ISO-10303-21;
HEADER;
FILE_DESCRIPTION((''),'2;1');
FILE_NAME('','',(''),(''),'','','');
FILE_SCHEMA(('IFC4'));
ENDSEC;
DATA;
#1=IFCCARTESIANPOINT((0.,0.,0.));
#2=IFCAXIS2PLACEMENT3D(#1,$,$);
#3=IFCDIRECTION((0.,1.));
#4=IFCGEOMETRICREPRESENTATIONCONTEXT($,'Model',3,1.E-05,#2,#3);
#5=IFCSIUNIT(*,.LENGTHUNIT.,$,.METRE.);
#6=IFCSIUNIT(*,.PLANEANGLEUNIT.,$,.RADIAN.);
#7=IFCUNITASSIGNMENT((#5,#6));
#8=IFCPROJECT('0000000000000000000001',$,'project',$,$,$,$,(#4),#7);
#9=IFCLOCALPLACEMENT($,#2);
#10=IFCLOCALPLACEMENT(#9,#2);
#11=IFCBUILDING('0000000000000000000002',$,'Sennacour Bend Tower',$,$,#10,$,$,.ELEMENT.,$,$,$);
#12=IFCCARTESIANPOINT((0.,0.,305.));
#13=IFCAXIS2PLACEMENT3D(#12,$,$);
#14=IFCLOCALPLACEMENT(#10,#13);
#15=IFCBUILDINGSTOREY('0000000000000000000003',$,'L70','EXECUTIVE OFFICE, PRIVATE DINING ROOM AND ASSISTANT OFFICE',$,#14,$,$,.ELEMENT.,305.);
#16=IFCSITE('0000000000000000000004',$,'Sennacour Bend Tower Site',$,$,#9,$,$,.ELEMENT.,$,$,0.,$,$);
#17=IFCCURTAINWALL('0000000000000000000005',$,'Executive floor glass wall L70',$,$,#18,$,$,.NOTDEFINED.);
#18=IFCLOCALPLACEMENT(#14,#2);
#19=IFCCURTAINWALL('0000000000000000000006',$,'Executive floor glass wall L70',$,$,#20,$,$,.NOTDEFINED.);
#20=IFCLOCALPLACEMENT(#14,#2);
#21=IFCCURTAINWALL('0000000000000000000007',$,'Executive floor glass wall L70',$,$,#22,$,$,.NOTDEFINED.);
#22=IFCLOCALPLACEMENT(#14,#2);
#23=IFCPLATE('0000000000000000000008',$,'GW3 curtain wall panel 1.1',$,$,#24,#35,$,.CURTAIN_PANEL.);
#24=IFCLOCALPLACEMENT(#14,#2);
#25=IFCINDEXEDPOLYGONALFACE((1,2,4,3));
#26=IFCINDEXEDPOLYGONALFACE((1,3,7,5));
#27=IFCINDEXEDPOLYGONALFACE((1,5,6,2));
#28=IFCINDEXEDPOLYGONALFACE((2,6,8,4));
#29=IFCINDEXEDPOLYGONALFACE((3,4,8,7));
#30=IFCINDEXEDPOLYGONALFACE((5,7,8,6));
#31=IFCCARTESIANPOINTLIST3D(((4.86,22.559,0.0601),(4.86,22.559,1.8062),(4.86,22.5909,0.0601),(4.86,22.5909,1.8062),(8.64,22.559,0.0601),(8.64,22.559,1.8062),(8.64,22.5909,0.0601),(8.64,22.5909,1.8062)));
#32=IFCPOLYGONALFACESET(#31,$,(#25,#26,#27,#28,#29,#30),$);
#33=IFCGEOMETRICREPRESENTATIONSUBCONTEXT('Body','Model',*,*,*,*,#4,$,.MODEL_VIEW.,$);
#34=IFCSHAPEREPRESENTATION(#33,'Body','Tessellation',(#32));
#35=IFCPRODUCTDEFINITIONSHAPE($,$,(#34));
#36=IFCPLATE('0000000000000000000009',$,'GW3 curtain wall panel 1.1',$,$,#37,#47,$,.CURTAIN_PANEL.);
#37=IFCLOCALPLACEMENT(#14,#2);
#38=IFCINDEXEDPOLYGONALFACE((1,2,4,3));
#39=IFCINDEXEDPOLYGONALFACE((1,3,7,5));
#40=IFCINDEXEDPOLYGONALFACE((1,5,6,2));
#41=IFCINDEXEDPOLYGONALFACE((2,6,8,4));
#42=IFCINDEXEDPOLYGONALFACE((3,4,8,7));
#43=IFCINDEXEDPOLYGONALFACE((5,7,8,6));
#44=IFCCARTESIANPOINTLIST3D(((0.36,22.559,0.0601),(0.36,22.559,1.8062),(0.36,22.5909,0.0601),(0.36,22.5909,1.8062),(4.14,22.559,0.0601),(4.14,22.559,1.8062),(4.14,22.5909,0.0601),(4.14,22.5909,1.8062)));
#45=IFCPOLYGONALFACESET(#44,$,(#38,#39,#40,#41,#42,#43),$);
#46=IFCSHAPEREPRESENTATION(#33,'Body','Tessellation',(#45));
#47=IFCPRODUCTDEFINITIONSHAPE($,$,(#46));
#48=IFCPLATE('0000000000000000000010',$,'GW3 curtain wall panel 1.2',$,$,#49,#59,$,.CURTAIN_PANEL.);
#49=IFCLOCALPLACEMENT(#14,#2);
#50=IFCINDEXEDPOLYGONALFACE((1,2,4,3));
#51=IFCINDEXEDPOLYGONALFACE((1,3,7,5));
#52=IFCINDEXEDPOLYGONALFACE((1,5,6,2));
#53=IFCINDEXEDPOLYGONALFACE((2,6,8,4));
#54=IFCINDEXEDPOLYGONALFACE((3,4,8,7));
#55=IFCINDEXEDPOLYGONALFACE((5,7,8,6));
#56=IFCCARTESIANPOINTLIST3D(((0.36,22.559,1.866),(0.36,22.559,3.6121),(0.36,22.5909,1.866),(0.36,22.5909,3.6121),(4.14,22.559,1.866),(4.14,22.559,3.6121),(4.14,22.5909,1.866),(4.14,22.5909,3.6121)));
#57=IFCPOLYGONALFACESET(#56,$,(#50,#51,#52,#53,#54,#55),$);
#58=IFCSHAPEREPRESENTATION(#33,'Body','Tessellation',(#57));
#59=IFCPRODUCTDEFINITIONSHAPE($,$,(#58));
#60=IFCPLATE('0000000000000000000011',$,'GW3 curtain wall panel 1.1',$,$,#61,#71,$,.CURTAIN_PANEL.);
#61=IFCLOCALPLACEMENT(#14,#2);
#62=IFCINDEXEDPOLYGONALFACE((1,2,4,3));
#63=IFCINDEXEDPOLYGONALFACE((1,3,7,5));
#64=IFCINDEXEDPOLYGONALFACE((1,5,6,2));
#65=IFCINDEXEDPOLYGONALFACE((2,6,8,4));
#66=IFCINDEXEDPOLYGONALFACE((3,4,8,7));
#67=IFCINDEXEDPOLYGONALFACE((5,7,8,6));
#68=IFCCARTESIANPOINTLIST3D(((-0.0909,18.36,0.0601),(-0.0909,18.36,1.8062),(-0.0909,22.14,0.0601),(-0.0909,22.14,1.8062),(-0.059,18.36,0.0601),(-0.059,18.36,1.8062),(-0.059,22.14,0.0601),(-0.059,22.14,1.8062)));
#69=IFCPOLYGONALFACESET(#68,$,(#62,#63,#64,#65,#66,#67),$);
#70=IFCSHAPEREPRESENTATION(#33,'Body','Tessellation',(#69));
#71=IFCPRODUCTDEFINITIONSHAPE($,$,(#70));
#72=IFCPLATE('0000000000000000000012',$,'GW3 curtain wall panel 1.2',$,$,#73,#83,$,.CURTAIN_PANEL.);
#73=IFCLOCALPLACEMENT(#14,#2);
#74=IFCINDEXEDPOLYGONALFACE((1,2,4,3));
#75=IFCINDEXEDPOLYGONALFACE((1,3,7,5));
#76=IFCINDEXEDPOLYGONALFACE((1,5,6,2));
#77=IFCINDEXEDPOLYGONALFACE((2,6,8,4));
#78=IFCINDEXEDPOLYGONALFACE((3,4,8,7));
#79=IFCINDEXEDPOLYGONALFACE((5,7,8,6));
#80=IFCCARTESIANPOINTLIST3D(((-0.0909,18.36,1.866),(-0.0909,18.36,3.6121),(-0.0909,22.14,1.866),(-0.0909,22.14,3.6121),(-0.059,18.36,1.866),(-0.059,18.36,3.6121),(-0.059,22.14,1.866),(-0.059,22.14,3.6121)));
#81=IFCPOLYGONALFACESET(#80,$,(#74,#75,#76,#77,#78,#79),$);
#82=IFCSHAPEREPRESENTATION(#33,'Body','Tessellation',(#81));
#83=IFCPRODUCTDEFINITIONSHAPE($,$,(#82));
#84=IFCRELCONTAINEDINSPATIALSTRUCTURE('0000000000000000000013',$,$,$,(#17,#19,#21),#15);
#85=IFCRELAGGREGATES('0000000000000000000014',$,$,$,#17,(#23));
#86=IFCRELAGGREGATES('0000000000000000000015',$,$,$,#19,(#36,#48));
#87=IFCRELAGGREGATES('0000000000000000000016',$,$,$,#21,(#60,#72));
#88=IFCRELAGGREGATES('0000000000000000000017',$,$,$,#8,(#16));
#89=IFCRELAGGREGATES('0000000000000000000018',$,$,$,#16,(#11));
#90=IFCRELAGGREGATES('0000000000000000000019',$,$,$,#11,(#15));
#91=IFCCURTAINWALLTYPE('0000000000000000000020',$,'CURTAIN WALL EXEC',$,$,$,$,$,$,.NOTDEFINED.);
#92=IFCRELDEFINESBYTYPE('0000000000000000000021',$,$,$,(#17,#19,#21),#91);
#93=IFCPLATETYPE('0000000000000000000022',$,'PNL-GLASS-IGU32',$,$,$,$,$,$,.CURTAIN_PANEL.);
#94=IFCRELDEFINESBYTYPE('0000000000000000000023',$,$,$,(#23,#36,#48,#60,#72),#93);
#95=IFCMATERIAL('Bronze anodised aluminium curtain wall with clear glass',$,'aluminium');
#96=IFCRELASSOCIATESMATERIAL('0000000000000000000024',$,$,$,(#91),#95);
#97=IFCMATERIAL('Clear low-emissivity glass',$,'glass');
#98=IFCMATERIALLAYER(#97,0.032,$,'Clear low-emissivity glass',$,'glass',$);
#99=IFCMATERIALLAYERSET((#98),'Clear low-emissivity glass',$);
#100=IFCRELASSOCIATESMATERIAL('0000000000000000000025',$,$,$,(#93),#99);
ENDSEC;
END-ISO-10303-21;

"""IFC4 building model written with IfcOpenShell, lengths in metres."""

from ifc_helpers import new_model, si_unit, direction, frame, origin, origin_2d, place, context, subcontext, project, spatial, rectangle, extrude, material, layer, layer_set, type_object, element, aggregate, save


model = new_model("IFC4")

# Units and contexts
model_context = context("Model", 3, precision=1e-05, world=origin(), true_north=direction((0.0, 1.0)))
body_context = subcontext(model_context, "Body", "Model", "MODEL_VIEW")
ifc_project = project(units=[si_unit("LENGTHUNIT", "METRE"), si_unit("PLANEANGLEUNIT", "RADIAN")], contexts=[model_context])

# Site, building, storey
site_placement = place(None, origin())
site = spatial("IfcSite", under=ifc_project, at=site_placement, Name="Sennacour Bend Tower Site", CompositionType="ELEMENT", RefElevation=0.0)
building_placement = place(site_placement, origin())
building = spatial("IfcBuilding", under=site, at=building_placement, Name="Sennacour Bend Tower", CompositionType="ELEMENT")
storey_placement = place(building_placement, frame((0.0, 0.0, 305.0)))
storey = spatial("IfcBuildingStorey", under=building, at=storey_placement, Name="L70", Description="EXECUTIVE OFFICE, PRIVATE DINING ROOM AND ASSISTANT OFFICE", CompositionType="ELEMENT", Elevation=305.0)

# Curtain wall
ifc_material_1 = material(Name="Bronze anodised aluminium curtain wall with clear glass", Category="aluminium")
curtain_wall_type = type_object("IfcCurtainWallType", Name="CURTAIN WALL EXEC", PredefinedType="NOTDEFINED", material=ifc_material_1)
curtain_wall_1_placement = place(storey_placement, origin())
curtain_wall_1 = element("IfcCurtainWall", 1, at=curtain_wall_1_placement, inside=storey, type_object=curtain_wall_type, Name="Executive floor glass wall L70", PredefinedType="NOTDEFINED")

# Curtain walls
curtain_wall_2_placement = place(storey_placement, origin())
curtain_wall_2 = element("IfcCurtainWall", 2, at=curtain_wall_2_placement, inside=storey, type_object=curtain_wall_type, Name="Executive floor glass wall L70", PredefinedType="NOTDEFINED")
curtain_wall_3_placement = place(storey_placement, origin())
curtain_wall_3 = element("IfcCurtainWall", 3, at=curtain_wall_3_placement, inside=storey, type_object=curtain_wall_type, Name="Executive floor glass wall L70", PredefinedType="NOTDEFINED")

# Plates
ifc_material_2 = material(Name="Clear low-emissivity glass", Category="glass")
ifc_layer = layer(ifc_material_2, 0.032, Name="Clear low-emissivity glass", Category="glass")
ifc_layer_set = layer_set([ifc_layer], Name="Clear low-emissivity glass")
plate_type = type_object("IfcPlateType", Name="PNL-GLASS-IGU32", PredefinedType="CURTAIN_PANEL", material=ifc_layer_set)
plate_1_placement = place(storey_placement, frame((6.75, 22.575, 0.0601), z_axis=(0.0, 0.0, 1.0), x_axis=(-1.0, 0.0, 0.0)))
plate_1 = element("IfcPlate", 4, at=plate_1_placement, type_object=plate_type, Name="GW3 curtain wall panel 1.1", PredefinedType="CURTAIN_PANEL", context=body_context, shape_type="SweptSolid", body=[
    extrude(rectangle(XDim=3.78, YDim=0.032, at=origin_2d()), origin(), (0.0, 0.0, 1.0), 1.7461),
])
aggregate(curtain_wall_1, [plate_1])
plate_2_placement = place(storey_placement, frame((2.25, 22.575, 0.0601), z_axis=(0.0, 0.0, 1.0), x_axis=(-1.0, 0.0, 0.0)))
plate_2 = element("IfcPlate", 5, at=plate_2_placement, type_object=plate_type, Name="GW3 curtain wall panel 1.1", PredefinedType="CURTAIN_PANEL", context=body_context, shape_type="SweptSolid", body=[
    extrude(rectangle(XDim=3.78, YDim=0.032, at=origin_2d()), origin(), (0.0, 0.0, 1.0), 1.7461),
])
plate_3_placement = place(storey_placement, frame((2.25, 22.575, 1.866), z_axis=(0.0, 0.0, 1.0), x_axis=(-1.0, 0.0, 0.0)))
plate_3 = element("IfcPlate", 6, at=plate_3_placement, type_object=plate_type, Name="GW3 curtain wall panel 1.2", PredefinedType="CURTAIN_PANEL", context=body_context, shape_type="SweptSolid", body=[
    extrude(rectangle(XDim=3.78, YDim=0.032, at=origin_2d()), origin(), (0.0, 0.0, 1.0), 1.7461),
])
aggregate(curtain_wall_2, [plate_2, plate_3])
plate_4_placement = place(storey_placement, frame((-0.075, 20.25, 0.0601), z_axis=(0.0, 0.0, 1.0), x_axis=(0.0, -1.0, 0.0)))
plate_4 = element("IfcPlate", 7, at=plate_4_placement, type_object=plate_type, Name="GW3 curtain wall panel 1.1", PredefinedType="CURTAIN_PANEL", context=body_context, shape_type="SweptSolid", body=[
    extrude(rectangle(XDim=3.78, YDim=0.032, at=origin_2d()), origin(), (0.0, 0.0, 1.0), 1.7461),
])
plate_5_placement = place(storey_placement, frame((-0.075, 20.25, 1.866), z_axis=(0.0, 0.0, 1.0), x_axis=(0.0, -1.0, 0.0)))
plate_5 = element("IfcPlate", 8, at=plate_5_placement, type_object=plate_type, Name="GW3 curtain wall panel 1.2", PredefinedType="CURTAIN_PANEL", context=body_context, shape_type="SweptSolid", body=[
    extrude(rectangle(XDim=3.78, YDim=0.032, at=origin_2d()), origin(), (0.0, 0.0, 1.0), 1.7461),
])
aggregate(curtain_wall_3, [plate_4, plate_5])

save(model, "model.ifc")
